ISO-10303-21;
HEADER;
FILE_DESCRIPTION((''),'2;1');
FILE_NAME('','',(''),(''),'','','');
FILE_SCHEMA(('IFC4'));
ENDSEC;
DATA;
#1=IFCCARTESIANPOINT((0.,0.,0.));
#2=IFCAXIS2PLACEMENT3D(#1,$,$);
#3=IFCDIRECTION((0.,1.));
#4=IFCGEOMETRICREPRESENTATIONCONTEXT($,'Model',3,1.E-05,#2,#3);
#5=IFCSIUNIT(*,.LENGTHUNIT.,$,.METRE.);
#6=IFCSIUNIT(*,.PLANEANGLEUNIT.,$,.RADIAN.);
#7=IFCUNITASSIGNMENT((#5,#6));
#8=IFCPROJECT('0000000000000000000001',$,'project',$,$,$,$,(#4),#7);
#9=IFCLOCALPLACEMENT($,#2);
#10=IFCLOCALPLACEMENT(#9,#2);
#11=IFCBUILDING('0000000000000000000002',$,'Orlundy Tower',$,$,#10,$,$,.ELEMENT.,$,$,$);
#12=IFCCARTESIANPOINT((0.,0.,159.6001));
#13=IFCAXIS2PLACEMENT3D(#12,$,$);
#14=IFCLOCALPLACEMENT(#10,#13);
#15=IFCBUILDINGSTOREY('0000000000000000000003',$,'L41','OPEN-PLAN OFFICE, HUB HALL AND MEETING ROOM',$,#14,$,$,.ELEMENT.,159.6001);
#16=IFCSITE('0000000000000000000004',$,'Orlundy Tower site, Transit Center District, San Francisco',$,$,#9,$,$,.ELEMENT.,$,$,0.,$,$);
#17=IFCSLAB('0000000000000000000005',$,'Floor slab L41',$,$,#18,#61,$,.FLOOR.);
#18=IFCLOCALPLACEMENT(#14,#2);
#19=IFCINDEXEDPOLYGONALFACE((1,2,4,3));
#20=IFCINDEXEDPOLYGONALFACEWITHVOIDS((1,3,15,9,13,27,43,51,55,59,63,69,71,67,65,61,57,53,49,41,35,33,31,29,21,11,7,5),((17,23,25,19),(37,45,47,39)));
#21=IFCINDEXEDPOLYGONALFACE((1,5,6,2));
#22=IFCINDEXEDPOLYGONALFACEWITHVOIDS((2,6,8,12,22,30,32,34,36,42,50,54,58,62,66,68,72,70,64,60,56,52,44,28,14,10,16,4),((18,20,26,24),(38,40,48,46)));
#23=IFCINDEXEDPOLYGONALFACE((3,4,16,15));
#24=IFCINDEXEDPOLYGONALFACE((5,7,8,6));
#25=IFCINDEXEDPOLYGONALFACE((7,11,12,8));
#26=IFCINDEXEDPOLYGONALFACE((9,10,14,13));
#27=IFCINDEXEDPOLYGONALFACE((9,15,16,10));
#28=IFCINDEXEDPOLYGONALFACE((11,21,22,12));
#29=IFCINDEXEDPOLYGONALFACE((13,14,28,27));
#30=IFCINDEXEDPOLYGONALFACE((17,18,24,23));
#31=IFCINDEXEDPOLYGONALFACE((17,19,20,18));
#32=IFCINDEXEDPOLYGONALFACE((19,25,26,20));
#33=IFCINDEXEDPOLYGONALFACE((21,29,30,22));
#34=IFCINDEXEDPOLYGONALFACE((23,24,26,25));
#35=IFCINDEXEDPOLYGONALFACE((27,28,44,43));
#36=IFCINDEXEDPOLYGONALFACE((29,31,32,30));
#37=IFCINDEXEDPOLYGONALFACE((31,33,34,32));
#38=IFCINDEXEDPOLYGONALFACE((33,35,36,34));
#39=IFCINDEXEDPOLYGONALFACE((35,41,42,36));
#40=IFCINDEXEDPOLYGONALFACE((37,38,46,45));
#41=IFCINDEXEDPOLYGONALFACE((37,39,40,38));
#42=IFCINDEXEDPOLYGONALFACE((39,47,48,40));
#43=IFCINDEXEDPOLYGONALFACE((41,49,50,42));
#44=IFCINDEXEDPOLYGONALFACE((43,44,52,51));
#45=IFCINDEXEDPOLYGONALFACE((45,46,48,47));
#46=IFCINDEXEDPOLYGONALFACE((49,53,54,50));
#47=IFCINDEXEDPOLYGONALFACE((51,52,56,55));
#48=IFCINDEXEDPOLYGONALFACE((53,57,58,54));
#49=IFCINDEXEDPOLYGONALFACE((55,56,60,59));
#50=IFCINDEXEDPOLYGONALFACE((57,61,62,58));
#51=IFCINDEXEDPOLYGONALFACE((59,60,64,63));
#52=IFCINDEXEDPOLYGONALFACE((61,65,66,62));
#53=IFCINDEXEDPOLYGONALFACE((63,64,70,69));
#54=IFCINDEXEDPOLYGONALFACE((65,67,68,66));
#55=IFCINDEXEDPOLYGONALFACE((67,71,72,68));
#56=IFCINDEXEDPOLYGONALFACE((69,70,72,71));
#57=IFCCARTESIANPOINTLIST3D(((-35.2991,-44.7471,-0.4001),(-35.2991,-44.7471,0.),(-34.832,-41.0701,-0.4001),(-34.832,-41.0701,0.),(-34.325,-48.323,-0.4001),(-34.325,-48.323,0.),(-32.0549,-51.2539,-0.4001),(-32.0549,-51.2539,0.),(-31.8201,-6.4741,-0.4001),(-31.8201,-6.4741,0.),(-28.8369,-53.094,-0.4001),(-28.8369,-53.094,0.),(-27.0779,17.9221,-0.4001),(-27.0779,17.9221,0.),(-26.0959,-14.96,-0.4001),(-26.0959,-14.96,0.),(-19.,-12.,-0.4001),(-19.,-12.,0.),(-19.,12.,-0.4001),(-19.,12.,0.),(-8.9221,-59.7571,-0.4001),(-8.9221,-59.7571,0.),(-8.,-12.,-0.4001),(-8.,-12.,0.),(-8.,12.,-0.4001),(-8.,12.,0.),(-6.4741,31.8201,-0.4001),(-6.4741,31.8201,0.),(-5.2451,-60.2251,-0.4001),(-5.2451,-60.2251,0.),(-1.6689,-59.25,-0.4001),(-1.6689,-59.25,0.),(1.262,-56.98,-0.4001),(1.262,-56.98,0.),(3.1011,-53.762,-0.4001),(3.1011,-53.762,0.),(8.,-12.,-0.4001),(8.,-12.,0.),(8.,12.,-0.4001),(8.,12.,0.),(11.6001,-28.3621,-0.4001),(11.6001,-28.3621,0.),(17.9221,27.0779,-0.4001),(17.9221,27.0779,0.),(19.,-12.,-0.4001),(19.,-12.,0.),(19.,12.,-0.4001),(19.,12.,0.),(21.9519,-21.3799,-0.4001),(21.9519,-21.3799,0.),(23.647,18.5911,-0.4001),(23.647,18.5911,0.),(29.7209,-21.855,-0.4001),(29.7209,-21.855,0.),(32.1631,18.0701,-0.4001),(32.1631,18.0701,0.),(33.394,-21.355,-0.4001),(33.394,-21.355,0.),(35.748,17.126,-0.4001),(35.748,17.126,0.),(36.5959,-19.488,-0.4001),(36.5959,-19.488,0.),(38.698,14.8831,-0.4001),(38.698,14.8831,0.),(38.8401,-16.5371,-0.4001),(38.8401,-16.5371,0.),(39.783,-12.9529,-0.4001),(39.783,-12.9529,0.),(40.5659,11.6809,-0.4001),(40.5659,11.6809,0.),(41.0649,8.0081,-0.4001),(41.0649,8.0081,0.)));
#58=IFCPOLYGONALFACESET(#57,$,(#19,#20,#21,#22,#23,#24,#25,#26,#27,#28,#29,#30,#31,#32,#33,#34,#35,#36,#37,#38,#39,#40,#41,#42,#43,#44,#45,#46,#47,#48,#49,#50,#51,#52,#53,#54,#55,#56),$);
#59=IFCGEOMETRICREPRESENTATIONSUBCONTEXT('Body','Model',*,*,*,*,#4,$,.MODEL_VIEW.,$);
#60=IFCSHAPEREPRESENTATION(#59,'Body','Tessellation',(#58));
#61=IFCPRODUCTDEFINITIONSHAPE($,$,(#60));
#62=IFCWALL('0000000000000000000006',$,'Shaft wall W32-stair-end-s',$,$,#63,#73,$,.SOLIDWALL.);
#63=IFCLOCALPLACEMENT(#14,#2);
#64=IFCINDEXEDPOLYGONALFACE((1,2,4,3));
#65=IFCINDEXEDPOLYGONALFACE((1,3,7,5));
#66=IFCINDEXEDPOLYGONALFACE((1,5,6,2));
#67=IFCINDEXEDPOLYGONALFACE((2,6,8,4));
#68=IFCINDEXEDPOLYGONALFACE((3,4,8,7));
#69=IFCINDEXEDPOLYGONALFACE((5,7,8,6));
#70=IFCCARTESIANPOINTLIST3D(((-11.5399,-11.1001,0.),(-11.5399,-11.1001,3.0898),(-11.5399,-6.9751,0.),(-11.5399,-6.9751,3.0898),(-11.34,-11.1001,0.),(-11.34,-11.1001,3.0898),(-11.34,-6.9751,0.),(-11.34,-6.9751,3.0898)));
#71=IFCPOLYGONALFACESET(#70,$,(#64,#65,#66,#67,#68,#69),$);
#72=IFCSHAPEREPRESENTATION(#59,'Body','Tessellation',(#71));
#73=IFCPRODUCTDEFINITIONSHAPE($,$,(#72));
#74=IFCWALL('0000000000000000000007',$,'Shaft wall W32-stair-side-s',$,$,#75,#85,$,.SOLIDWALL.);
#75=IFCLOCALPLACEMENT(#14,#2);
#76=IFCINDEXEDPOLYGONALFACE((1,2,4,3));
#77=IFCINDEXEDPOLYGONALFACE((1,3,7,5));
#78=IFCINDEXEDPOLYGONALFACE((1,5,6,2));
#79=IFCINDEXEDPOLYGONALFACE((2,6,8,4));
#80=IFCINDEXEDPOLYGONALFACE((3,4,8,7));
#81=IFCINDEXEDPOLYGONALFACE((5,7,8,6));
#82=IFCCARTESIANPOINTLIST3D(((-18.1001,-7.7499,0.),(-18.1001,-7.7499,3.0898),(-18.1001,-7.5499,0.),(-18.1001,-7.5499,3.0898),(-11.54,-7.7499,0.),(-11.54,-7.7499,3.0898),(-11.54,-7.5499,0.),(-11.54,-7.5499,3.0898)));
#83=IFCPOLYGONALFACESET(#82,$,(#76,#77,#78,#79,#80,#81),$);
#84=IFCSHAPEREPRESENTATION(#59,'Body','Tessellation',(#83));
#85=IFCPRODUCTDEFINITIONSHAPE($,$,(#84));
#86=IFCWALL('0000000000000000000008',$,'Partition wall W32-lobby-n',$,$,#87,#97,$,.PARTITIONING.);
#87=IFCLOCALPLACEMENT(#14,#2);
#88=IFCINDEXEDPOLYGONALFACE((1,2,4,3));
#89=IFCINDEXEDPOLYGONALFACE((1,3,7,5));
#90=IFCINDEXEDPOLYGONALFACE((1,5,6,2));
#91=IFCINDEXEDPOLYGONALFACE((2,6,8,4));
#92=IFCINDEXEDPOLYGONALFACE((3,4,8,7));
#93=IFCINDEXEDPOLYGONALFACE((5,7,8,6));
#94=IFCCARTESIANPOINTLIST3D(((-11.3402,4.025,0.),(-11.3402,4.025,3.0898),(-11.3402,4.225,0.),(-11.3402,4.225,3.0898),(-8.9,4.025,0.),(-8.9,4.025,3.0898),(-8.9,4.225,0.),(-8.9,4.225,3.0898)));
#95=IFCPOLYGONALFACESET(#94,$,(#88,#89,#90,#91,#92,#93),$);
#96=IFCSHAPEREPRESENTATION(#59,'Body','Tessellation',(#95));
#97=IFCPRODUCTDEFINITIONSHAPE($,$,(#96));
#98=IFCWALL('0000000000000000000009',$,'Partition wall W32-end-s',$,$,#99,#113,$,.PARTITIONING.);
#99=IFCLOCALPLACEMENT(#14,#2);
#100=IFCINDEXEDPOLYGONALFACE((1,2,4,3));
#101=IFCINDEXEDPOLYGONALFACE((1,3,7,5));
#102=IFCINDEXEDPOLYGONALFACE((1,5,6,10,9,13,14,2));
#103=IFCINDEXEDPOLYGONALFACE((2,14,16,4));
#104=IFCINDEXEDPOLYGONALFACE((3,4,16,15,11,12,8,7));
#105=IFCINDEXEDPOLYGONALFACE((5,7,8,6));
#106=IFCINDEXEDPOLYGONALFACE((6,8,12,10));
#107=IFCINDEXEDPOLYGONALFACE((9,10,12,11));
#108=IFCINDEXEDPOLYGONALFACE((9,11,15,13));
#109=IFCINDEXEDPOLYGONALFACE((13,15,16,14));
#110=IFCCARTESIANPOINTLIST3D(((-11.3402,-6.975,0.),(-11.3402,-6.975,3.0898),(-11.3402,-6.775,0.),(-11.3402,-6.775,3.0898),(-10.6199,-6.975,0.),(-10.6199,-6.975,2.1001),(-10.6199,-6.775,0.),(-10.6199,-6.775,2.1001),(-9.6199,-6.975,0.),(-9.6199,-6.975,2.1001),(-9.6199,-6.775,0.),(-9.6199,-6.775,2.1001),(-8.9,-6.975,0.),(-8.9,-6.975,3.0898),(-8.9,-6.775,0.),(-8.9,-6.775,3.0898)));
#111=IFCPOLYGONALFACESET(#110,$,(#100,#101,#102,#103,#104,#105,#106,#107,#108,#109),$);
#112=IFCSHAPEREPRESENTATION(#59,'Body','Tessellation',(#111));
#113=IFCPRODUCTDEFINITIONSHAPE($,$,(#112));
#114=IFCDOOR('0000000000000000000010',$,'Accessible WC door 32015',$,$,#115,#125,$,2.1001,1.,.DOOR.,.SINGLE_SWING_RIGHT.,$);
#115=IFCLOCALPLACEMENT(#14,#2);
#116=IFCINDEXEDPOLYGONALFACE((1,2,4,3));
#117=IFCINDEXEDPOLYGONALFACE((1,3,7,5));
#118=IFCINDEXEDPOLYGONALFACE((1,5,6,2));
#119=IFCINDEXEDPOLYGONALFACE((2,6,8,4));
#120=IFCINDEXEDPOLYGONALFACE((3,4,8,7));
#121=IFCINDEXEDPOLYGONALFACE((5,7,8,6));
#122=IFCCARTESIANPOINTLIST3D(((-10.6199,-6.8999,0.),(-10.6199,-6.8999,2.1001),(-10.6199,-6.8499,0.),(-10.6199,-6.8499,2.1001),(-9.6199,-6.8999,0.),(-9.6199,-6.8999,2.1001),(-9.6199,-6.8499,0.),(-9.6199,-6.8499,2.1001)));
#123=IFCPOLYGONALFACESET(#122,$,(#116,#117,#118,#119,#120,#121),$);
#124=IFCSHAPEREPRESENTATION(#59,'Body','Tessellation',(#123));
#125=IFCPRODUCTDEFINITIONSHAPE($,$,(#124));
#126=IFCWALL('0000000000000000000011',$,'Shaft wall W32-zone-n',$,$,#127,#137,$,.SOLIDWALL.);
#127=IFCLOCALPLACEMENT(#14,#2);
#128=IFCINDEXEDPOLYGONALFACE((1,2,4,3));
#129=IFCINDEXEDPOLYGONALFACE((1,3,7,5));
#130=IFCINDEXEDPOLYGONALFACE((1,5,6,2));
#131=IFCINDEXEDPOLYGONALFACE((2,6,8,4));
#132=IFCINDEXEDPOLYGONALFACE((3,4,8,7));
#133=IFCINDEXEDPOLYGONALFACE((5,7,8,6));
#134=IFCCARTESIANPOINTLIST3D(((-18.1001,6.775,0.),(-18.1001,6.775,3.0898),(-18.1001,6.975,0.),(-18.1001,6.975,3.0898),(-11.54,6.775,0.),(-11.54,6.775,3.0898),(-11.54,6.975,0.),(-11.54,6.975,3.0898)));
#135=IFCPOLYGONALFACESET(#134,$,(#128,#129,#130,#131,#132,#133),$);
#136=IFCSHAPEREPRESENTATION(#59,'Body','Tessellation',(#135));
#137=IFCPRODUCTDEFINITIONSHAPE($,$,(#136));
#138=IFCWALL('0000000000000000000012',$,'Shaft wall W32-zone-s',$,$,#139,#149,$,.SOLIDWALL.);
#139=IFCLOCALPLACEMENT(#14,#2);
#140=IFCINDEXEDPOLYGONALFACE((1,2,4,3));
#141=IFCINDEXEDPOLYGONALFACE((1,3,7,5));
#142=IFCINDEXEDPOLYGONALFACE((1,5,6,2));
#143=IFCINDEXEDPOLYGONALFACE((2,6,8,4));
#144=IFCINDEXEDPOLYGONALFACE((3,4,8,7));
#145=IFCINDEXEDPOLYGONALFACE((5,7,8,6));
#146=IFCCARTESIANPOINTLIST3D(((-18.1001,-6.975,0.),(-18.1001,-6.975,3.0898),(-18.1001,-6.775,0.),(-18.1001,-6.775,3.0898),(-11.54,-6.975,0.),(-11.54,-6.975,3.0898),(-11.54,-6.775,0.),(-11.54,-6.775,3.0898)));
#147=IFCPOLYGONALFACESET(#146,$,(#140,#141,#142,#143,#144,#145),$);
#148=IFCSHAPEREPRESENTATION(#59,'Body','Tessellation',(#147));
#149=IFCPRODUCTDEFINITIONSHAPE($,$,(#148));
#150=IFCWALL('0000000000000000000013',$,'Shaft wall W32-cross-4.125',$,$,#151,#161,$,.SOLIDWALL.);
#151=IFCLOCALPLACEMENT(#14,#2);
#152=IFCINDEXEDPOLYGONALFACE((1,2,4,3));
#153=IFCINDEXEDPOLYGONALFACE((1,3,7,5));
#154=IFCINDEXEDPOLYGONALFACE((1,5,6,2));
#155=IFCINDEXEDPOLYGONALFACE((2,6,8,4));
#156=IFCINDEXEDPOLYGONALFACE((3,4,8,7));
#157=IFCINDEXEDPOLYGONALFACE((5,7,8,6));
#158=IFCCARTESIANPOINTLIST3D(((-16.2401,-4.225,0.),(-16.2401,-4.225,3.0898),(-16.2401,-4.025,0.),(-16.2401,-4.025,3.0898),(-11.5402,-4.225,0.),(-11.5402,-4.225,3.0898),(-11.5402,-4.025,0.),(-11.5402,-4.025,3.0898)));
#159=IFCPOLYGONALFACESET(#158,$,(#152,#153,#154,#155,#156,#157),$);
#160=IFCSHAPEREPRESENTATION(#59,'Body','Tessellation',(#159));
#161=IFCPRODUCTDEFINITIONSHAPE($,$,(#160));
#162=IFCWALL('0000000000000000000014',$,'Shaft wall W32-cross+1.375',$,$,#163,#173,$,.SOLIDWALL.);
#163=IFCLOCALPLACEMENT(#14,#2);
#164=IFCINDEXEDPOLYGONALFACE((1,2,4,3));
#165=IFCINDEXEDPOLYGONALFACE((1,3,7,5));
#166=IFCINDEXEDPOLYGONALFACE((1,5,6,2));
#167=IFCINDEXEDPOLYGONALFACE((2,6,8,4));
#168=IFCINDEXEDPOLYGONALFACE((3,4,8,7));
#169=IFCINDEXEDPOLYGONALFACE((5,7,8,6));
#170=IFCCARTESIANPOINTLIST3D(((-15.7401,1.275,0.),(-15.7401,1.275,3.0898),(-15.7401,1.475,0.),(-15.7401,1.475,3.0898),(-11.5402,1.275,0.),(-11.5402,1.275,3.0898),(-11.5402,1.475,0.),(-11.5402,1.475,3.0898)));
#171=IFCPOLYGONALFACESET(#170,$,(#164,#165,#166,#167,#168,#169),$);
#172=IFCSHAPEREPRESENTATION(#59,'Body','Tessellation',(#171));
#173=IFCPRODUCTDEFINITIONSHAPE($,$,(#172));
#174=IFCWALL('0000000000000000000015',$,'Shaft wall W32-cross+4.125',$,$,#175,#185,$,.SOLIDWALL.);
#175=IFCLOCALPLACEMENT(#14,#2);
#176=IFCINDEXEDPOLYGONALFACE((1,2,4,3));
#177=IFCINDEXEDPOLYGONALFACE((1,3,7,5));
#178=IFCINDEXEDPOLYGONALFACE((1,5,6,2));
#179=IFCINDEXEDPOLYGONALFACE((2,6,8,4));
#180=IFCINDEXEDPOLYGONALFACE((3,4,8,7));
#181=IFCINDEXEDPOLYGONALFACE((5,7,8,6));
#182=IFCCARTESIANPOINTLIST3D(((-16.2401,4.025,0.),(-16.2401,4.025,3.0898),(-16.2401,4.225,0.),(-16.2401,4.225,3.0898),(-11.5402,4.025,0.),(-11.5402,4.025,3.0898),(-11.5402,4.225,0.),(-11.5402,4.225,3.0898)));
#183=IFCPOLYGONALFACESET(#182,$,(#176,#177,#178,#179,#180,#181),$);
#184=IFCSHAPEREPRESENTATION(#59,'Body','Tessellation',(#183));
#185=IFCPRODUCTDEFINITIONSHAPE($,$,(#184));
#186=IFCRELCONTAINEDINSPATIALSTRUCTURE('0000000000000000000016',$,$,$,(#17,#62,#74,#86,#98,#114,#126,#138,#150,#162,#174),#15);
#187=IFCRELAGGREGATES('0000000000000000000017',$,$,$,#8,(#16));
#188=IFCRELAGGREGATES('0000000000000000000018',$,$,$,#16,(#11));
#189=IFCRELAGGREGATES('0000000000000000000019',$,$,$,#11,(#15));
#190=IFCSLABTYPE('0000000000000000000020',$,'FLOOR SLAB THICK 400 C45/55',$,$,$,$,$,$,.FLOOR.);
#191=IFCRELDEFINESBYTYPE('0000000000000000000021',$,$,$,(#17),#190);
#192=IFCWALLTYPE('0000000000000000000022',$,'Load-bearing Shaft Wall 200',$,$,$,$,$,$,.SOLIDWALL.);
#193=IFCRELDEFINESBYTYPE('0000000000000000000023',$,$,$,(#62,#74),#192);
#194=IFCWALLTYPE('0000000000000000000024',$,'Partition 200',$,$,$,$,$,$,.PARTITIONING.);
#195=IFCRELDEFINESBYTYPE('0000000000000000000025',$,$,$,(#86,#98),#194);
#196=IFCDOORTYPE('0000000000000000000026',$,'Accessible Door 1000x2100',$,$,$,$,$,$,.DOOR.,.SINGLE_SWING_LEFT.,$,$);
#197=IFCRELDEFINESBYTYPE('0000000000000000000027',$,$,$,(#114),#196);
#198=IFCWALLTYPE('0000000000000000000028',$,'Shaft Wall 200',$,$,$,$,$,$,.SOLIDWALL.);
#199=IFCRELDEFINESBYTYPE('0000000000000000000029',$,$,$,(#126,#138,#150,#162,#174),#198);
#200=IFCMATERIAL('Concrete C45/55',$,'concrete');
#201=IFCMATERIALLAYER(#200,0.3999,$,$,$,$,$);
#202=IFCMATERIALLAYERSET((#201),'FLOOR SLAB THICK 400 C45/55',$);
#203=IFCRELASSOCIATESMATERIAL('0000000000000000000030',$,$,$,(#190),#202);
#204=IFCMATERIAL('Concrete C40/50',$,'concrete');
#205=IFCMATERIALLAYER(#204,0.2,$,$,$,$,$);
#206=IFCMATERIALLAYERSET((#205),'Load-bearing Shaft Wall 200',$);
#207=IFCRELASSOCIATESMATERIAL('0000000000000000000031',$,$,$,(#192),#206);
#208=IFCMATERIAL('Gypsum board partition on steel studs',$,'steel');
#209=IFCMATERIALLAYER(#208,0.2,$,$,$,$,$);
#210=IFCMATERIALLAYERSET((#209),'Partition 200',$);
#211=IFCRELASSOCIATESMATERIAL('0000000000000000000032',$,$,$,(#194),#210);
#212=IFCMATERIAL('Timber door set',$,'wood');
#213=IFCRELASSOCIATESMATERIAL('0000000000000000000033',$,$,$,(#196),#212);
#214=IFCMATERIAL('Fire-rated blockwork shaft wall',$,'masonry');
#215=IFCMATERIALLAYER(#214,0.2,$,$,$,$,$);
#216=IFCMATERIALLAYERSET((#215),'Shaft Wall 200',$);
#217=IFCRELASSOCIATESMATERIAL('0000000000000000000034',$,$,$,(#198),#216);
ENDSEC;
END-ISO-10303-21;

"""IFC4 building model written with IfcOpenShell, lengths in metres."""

from ifc_helpers import new_model, si_unit, direction, frame, frame_2d, origin, place, context, subcontext, project, spatial, polyline, rectangle, outline, extrude, material, layer, layer_set, type_object, element, fill, save


model = new_model("IFC4")

# Units and contexts
model_context = context("Model", 3, precision=1e-05, world=origin(), true_north=direction((0.0, 1.0)))
body_context = subcontext(model_context, "Body", "Model", "MODEL_VIEW")
ifc_project = project(units=[si_unit("LENGTHUNIT", "METRE"), si_unit("PLANEANGLEUNIT", "RADIAN")], contexts=[model_context])

# Site, building, storey
site_placement = place(None, origin())
site = spatial("IfcSite", under=ifc_project, at=site_placement, Name="Orlundy Tower site, Transit Center District, San Francisco", CompositionType="ELEMENT", RefElevation=0.0)
building_placement = place(site_placement, origin())
building = spatial("IfcBuilding", under=site, at=building_placement, Name="Orlundy Tower", CompositionType="ELEMENT")
storey_placement = place(building_placement, frame((0.0, 0.0, 159.6001)))
storey = spatial("IfcBuildingStorey", under=building, at=storey_placement, Name="L41", Description="OPEN-PLAN OFFICE, HUB HALL AND MEETING ROOM", CompositionType="ELEMENT", Elevation=159.6001)

# Slab
ifc_material_1 = material(Name="Concrete C45/55", Category="concrete")
ifc_layer_1 = layer(ifc_material_1, 0.3999)
ifc_layer_set_1 = layer_set([ifc_layer_1], Name="FLOOR SLAB THICK 400 C45/55")
slab_type_1 = type_object("IfcSlabType", Name="FLOOR SLAB THICK 400 C45/55", PredefinedType="FLOOR", material=ifc_layer_set_1)
slab_1_placement = place(storey_placement, frame((0.0, 0.0, -0.4001)))
element("IfcSlab", 1, at=slab_1_placement, inside=storey, type_object=slab_type_1, Name="Floor slab L41", PredefinedType="FLOOR", context=body_context, shape_type="SweptSolid", body=[
    extrude(outline(polyline([(-26.0959, -14.96), (-31.8201, -6.4741), (-27.0779, 17.9221), (-6.4741, 31.8201), (17.9221, 27.0779), (23.647, 18.5911), (32.1631, 18.0701), (35.748, 17.126), (38.698, 14.8831), (40.5659, 11.6809), (41.0649, 8.0081), (39.783, -12.9529), (38.8401, -16.5371), (36.5959, -19.488), (33.394, -21.355), (29.7209, -21.855), (21.9519, -21.3799), (11.6001, -28.3621), (3.1011, -53.762), (1.262, -56.98), (-1.6689, -59.25), (-5.2451, -60.2251), (-8.9221, -59.7571), (-28.8369, -53.094), (-32.0549, -51.2539), (-34.325, -48.323), (-35.2991, -44.7471), (-34.832, -41.0701), (-26.0959, -14.96)]), holes=[polyline([(-8.0, -12.0), (-8.0, 12.0), (-19.0, 12.0), (-19.0, -12.0), (-8.0, -12.0)]), polyline([(19.0, -12.0), (19.0, 12.0), (8.0, 12.0), (8.0, -12.0), (19.0, -12.0)])]), origin(), (0.0, 0.0, 1.0), 0.4001),
])

# Walls
ifc_material_2 = material(Name="Concrete C40/50", Category="concrete")
ifc_layer_2 = layer(ifc_material_2, 0.2)
ifc_layer_set_2 = layer_set([ifc_layer_2], Name="Load-bearing Shaft Wall 200")
wall_type_1 = type_object("IfcWallType", Name="Load-bearing Shaft Wall 200", PredefinedType="SOLIDWALL", material=ifc_layer_set_2)
wall_1_placement = place(storey_placement, frame((-11.4399, -11.1001, 0.0), z_axis=(0.0, 0.0, 1.0), x_axis=(0.0, 1.0, 0.0)))
element("IfcWall", 2, at=wall_1_placement, inside=storey, type_object=wall_type_1, Name="Shaft wall W32-stair-end-s", PredefinedType="SOLIDWALL", context=body_context, shape_type="SweptSolid", body=[
    extrude(rectangle(XDim=4.125, YDim=0.2, at=frame_2d((2.0625, 0.0))), origin(), (0.0, 0.0, 1.0), 3.0898),
])
wall_2_placement = place(storey_placement, frame((-11.54, -7.6499, 0.0), z_axis=(0.0, 0.0, 1.0), x_axis=(-1.0, 0.0, 0.0)))
element("IfcWall", 3, at=wall_2_placement, inside=storey, type_object=wall_type_1, Name="Shaft wall W32-stair-side-s", PredefinedType="SOLIDWALL", context=body_context, shape_type="SweptSolid", body=[
    extrude(rectangle(XDim=6.5601, YDim=0.2, at=frame_2d((3.28, 0.0))), origin(), (0.0, 0.0, 1.0), 3.0898),
])
ifc_material_3 = material(Name="Gypsum board partition on steel studs", Category="steel")
ifc_layer_3 = layer(ifc_material_3, 0.2)
ifc_layer_set_3 = layer_set([ifc_layer_3], Name="Partition 200")
wall_type_2 = type_object("IfcWallType", Name="Partition 200", PredefinedType="PARTITIONING", material=ifc_layer_set_3)
wall_3_placement = place(storey_placement, frame((-8.8999, 4.125, 0.0), z_axis=(0.0, 0.0, 1.0), x_axis=(-1.0, 0.0, 0.0)))
element("IfcWall", 4, at=wall_3_placement, inside=storey, type_object=wall_type_2, Name="Partition wall W32-lobby-n", PredefinedType="PARTITIONING", context=body_context, shape_type="SweptSolid", body=[
    extrude(rectangle(XDim=2.4402, YDim=0.2, at=frame_2d((1.2202, 0.0))), origin(), (0.0, 0.0, 1.0), 3.0898),
])

# Wall, opening, door
wall_4_placement = place(storey_placement, frame((-8.8999, -6.875, 0.0), z_axis=(0.0, 0.0, 1.0), x_axis=(-1.0, 0.0, 0.0)))
wall_4 = element("IfcWall", 5, at=wall_4_placement, inside=storey, type_object=wall_type_2, Name="Partition wall W32-end-s", PredefinedType="PARTITIONING", context=body_context, shape_type="SweptSolid", body=[
    extrude(rectangle(XDim=2.4402, YDim=0.2, at=frame_2d((1.2202, 0.0))), origin(), (0.0, 0.0, 1.0), 3.0898),
])
opening_1_placement = place(wall_4_placement, frame((0.72, 0.0, 0.0)))
opening_1 = element("IfcOpeningElement", 6, at=opening_1_placement, cuts=wall_4, PredefinedType="OPENING", context=body_context, shape_type="SweptSolid", body=[
    extrude(rectangle(XDim=1.0, YDim=2.1001, at=frame_2d((0.5, 1.05))), frame((0.0, 0.1101, 0.0), z_axis=(0.0, -1.0, 0.0), x_axis=(1.0, 0.0, 0.0)), (0.0, 0.0, 1.0), 0.2202),
])
ifc_material_4 = material(Name="Timber door set", Category="wood")
door_type_1 = type_object("IfcDoorType", Name="Accessible Door 1000x2100", OperationType="SINGLE_SWING_LEFT", PredefinedType="DOOR", material=ifc_material_4)
door_1_placement = place(opening_1_placement, origin())
door_1 = element("IfcDoor", 7, at=door_1_placement, inside=storey, type_object=door_type_1, Name="Accessible WC door 32015", OperationType="SINGLE_SWING_RIGHT", OverallHeight=2.1001, OverallWidth=1.0, PredefinedType="DOOR", context=body_context, shape_type="SweptSolid", body=[
    extrude(rectangle(XDim=1.0, YDim=2.1001, at=frame_2d((0.5, 1.05))), frame((0.0, 0.0249, 0.0), z_axis=(0.0, -1.0, 0.0), x_axis=(1.0, 0.0, 0.0)), (0.0, 0.0, 1.0), 0.05),
])
fill(opening_1, door_1)

# Walls
ifc_material_5 = material(Name="Fire-rated blockwork shaft wall", Category="masonry")
ifc_layer_4 = layer(ifc_material_5, 0.2)
ifc_layer_set_4 = layer_set([ifc_layer_4], Name="Shaft Wall 200")
wall_type_3 = type_object("IfcWallType", Name="Shaft Wall 200", PredefinedType="SOLIDWALL", material=ifc_layer_set_4)
for number, where, z_axis, x_axis, name in (
    (8, (-11.54, 6.875, 0.0), (0.0, 0.0, 1.0), (-1.0, 0.0, 0.0), "Shaft wall W32-zone-n"),
    (9, (-11.54, -6.875, 0.0), (0.0, 0.0, 1.0), (-1.0, 0.0, 0.0), "Shaft wall W32-zone-s"),
):
    element("IfcWall", number, at=place(storey_placement, frame(where, z_axis=z_axis, x_axis=x_axis)), inside=storey, type_object=wall_type_3, Name=name, PredefinedType="SOLIDWALL", context=body_context, shape_type="SweptSolid", body=[
        extrude(rectangle(XDim=6.5601, YDim=0.2, at=frame_2d((3.28, 0.0))), origin(), (0.0, 0.0, 1.0), 3.0898),
    ])
wall_5_placement = place(storey_placement, frame((-11.54, -4.125, 0.0), z_axis=(0.0, 0.0, 1.0), x_axis=(-1.0, 0.0, 0.0)))
element("IfcWall", 10, at=wall_5_placement, inside=storey, type_object=wall_type_3, Name="Shaft wall W32-cross-4.125", PredefinedType="SOLIDWALL", context=body_context, shape_type="SweptSolid", body=[
    extrude(rectangle(XDim=4.7, YDim=0.2, at=frame_2d((2.3501, 0.0))), origin(), (0.0, 0.0, 1.0), 3.0898),
])
wall_6_placement = place(storey_placement, frame((-11.54, 1.375, 0.0), z_axis=(0.0, 0.0, 1.0), x_axis=(-1.0, 0.0, 0.0)))
element("IfcWall", 11, at=wall_6_placement, inside=storey, type_object=wall_type_3, Name="Shaft wall W32-cross+1.375", PredefinedType="SOLIDWALL", context=body_context, shape_type="SweptSolid", body=[
    extrude(rectangle(XDim=4.2, YDim=0.2, at=frame_2d((2.1001, 0.0))), origin(), (0.0, 0.0, 1.0), 3.0898),
])
wall_7_placement = place(storey_placement, frame((-11.54, 4.125, 0.0), z_axis=(0.0, 0.0, 1.0), x_axis=(-1.0, 0.0, 0.0)))
element("IfcWall", 12, at=wall_7_placement, inside=storey, type_object=wall_type_3, Name="Shaft wall W32-cross+4.125", PredefinedType="SOLIDWALL", context=body_context, shape_type="SweptSolid", body=[
    extrude(rectangle(XDim=4.7, YDim=0.2, at=frame_2d((2.3501, 0.0))), origin(), (0.0, 0.0, 1.0), 3.0898),
])

save(model, "model.ifc")
